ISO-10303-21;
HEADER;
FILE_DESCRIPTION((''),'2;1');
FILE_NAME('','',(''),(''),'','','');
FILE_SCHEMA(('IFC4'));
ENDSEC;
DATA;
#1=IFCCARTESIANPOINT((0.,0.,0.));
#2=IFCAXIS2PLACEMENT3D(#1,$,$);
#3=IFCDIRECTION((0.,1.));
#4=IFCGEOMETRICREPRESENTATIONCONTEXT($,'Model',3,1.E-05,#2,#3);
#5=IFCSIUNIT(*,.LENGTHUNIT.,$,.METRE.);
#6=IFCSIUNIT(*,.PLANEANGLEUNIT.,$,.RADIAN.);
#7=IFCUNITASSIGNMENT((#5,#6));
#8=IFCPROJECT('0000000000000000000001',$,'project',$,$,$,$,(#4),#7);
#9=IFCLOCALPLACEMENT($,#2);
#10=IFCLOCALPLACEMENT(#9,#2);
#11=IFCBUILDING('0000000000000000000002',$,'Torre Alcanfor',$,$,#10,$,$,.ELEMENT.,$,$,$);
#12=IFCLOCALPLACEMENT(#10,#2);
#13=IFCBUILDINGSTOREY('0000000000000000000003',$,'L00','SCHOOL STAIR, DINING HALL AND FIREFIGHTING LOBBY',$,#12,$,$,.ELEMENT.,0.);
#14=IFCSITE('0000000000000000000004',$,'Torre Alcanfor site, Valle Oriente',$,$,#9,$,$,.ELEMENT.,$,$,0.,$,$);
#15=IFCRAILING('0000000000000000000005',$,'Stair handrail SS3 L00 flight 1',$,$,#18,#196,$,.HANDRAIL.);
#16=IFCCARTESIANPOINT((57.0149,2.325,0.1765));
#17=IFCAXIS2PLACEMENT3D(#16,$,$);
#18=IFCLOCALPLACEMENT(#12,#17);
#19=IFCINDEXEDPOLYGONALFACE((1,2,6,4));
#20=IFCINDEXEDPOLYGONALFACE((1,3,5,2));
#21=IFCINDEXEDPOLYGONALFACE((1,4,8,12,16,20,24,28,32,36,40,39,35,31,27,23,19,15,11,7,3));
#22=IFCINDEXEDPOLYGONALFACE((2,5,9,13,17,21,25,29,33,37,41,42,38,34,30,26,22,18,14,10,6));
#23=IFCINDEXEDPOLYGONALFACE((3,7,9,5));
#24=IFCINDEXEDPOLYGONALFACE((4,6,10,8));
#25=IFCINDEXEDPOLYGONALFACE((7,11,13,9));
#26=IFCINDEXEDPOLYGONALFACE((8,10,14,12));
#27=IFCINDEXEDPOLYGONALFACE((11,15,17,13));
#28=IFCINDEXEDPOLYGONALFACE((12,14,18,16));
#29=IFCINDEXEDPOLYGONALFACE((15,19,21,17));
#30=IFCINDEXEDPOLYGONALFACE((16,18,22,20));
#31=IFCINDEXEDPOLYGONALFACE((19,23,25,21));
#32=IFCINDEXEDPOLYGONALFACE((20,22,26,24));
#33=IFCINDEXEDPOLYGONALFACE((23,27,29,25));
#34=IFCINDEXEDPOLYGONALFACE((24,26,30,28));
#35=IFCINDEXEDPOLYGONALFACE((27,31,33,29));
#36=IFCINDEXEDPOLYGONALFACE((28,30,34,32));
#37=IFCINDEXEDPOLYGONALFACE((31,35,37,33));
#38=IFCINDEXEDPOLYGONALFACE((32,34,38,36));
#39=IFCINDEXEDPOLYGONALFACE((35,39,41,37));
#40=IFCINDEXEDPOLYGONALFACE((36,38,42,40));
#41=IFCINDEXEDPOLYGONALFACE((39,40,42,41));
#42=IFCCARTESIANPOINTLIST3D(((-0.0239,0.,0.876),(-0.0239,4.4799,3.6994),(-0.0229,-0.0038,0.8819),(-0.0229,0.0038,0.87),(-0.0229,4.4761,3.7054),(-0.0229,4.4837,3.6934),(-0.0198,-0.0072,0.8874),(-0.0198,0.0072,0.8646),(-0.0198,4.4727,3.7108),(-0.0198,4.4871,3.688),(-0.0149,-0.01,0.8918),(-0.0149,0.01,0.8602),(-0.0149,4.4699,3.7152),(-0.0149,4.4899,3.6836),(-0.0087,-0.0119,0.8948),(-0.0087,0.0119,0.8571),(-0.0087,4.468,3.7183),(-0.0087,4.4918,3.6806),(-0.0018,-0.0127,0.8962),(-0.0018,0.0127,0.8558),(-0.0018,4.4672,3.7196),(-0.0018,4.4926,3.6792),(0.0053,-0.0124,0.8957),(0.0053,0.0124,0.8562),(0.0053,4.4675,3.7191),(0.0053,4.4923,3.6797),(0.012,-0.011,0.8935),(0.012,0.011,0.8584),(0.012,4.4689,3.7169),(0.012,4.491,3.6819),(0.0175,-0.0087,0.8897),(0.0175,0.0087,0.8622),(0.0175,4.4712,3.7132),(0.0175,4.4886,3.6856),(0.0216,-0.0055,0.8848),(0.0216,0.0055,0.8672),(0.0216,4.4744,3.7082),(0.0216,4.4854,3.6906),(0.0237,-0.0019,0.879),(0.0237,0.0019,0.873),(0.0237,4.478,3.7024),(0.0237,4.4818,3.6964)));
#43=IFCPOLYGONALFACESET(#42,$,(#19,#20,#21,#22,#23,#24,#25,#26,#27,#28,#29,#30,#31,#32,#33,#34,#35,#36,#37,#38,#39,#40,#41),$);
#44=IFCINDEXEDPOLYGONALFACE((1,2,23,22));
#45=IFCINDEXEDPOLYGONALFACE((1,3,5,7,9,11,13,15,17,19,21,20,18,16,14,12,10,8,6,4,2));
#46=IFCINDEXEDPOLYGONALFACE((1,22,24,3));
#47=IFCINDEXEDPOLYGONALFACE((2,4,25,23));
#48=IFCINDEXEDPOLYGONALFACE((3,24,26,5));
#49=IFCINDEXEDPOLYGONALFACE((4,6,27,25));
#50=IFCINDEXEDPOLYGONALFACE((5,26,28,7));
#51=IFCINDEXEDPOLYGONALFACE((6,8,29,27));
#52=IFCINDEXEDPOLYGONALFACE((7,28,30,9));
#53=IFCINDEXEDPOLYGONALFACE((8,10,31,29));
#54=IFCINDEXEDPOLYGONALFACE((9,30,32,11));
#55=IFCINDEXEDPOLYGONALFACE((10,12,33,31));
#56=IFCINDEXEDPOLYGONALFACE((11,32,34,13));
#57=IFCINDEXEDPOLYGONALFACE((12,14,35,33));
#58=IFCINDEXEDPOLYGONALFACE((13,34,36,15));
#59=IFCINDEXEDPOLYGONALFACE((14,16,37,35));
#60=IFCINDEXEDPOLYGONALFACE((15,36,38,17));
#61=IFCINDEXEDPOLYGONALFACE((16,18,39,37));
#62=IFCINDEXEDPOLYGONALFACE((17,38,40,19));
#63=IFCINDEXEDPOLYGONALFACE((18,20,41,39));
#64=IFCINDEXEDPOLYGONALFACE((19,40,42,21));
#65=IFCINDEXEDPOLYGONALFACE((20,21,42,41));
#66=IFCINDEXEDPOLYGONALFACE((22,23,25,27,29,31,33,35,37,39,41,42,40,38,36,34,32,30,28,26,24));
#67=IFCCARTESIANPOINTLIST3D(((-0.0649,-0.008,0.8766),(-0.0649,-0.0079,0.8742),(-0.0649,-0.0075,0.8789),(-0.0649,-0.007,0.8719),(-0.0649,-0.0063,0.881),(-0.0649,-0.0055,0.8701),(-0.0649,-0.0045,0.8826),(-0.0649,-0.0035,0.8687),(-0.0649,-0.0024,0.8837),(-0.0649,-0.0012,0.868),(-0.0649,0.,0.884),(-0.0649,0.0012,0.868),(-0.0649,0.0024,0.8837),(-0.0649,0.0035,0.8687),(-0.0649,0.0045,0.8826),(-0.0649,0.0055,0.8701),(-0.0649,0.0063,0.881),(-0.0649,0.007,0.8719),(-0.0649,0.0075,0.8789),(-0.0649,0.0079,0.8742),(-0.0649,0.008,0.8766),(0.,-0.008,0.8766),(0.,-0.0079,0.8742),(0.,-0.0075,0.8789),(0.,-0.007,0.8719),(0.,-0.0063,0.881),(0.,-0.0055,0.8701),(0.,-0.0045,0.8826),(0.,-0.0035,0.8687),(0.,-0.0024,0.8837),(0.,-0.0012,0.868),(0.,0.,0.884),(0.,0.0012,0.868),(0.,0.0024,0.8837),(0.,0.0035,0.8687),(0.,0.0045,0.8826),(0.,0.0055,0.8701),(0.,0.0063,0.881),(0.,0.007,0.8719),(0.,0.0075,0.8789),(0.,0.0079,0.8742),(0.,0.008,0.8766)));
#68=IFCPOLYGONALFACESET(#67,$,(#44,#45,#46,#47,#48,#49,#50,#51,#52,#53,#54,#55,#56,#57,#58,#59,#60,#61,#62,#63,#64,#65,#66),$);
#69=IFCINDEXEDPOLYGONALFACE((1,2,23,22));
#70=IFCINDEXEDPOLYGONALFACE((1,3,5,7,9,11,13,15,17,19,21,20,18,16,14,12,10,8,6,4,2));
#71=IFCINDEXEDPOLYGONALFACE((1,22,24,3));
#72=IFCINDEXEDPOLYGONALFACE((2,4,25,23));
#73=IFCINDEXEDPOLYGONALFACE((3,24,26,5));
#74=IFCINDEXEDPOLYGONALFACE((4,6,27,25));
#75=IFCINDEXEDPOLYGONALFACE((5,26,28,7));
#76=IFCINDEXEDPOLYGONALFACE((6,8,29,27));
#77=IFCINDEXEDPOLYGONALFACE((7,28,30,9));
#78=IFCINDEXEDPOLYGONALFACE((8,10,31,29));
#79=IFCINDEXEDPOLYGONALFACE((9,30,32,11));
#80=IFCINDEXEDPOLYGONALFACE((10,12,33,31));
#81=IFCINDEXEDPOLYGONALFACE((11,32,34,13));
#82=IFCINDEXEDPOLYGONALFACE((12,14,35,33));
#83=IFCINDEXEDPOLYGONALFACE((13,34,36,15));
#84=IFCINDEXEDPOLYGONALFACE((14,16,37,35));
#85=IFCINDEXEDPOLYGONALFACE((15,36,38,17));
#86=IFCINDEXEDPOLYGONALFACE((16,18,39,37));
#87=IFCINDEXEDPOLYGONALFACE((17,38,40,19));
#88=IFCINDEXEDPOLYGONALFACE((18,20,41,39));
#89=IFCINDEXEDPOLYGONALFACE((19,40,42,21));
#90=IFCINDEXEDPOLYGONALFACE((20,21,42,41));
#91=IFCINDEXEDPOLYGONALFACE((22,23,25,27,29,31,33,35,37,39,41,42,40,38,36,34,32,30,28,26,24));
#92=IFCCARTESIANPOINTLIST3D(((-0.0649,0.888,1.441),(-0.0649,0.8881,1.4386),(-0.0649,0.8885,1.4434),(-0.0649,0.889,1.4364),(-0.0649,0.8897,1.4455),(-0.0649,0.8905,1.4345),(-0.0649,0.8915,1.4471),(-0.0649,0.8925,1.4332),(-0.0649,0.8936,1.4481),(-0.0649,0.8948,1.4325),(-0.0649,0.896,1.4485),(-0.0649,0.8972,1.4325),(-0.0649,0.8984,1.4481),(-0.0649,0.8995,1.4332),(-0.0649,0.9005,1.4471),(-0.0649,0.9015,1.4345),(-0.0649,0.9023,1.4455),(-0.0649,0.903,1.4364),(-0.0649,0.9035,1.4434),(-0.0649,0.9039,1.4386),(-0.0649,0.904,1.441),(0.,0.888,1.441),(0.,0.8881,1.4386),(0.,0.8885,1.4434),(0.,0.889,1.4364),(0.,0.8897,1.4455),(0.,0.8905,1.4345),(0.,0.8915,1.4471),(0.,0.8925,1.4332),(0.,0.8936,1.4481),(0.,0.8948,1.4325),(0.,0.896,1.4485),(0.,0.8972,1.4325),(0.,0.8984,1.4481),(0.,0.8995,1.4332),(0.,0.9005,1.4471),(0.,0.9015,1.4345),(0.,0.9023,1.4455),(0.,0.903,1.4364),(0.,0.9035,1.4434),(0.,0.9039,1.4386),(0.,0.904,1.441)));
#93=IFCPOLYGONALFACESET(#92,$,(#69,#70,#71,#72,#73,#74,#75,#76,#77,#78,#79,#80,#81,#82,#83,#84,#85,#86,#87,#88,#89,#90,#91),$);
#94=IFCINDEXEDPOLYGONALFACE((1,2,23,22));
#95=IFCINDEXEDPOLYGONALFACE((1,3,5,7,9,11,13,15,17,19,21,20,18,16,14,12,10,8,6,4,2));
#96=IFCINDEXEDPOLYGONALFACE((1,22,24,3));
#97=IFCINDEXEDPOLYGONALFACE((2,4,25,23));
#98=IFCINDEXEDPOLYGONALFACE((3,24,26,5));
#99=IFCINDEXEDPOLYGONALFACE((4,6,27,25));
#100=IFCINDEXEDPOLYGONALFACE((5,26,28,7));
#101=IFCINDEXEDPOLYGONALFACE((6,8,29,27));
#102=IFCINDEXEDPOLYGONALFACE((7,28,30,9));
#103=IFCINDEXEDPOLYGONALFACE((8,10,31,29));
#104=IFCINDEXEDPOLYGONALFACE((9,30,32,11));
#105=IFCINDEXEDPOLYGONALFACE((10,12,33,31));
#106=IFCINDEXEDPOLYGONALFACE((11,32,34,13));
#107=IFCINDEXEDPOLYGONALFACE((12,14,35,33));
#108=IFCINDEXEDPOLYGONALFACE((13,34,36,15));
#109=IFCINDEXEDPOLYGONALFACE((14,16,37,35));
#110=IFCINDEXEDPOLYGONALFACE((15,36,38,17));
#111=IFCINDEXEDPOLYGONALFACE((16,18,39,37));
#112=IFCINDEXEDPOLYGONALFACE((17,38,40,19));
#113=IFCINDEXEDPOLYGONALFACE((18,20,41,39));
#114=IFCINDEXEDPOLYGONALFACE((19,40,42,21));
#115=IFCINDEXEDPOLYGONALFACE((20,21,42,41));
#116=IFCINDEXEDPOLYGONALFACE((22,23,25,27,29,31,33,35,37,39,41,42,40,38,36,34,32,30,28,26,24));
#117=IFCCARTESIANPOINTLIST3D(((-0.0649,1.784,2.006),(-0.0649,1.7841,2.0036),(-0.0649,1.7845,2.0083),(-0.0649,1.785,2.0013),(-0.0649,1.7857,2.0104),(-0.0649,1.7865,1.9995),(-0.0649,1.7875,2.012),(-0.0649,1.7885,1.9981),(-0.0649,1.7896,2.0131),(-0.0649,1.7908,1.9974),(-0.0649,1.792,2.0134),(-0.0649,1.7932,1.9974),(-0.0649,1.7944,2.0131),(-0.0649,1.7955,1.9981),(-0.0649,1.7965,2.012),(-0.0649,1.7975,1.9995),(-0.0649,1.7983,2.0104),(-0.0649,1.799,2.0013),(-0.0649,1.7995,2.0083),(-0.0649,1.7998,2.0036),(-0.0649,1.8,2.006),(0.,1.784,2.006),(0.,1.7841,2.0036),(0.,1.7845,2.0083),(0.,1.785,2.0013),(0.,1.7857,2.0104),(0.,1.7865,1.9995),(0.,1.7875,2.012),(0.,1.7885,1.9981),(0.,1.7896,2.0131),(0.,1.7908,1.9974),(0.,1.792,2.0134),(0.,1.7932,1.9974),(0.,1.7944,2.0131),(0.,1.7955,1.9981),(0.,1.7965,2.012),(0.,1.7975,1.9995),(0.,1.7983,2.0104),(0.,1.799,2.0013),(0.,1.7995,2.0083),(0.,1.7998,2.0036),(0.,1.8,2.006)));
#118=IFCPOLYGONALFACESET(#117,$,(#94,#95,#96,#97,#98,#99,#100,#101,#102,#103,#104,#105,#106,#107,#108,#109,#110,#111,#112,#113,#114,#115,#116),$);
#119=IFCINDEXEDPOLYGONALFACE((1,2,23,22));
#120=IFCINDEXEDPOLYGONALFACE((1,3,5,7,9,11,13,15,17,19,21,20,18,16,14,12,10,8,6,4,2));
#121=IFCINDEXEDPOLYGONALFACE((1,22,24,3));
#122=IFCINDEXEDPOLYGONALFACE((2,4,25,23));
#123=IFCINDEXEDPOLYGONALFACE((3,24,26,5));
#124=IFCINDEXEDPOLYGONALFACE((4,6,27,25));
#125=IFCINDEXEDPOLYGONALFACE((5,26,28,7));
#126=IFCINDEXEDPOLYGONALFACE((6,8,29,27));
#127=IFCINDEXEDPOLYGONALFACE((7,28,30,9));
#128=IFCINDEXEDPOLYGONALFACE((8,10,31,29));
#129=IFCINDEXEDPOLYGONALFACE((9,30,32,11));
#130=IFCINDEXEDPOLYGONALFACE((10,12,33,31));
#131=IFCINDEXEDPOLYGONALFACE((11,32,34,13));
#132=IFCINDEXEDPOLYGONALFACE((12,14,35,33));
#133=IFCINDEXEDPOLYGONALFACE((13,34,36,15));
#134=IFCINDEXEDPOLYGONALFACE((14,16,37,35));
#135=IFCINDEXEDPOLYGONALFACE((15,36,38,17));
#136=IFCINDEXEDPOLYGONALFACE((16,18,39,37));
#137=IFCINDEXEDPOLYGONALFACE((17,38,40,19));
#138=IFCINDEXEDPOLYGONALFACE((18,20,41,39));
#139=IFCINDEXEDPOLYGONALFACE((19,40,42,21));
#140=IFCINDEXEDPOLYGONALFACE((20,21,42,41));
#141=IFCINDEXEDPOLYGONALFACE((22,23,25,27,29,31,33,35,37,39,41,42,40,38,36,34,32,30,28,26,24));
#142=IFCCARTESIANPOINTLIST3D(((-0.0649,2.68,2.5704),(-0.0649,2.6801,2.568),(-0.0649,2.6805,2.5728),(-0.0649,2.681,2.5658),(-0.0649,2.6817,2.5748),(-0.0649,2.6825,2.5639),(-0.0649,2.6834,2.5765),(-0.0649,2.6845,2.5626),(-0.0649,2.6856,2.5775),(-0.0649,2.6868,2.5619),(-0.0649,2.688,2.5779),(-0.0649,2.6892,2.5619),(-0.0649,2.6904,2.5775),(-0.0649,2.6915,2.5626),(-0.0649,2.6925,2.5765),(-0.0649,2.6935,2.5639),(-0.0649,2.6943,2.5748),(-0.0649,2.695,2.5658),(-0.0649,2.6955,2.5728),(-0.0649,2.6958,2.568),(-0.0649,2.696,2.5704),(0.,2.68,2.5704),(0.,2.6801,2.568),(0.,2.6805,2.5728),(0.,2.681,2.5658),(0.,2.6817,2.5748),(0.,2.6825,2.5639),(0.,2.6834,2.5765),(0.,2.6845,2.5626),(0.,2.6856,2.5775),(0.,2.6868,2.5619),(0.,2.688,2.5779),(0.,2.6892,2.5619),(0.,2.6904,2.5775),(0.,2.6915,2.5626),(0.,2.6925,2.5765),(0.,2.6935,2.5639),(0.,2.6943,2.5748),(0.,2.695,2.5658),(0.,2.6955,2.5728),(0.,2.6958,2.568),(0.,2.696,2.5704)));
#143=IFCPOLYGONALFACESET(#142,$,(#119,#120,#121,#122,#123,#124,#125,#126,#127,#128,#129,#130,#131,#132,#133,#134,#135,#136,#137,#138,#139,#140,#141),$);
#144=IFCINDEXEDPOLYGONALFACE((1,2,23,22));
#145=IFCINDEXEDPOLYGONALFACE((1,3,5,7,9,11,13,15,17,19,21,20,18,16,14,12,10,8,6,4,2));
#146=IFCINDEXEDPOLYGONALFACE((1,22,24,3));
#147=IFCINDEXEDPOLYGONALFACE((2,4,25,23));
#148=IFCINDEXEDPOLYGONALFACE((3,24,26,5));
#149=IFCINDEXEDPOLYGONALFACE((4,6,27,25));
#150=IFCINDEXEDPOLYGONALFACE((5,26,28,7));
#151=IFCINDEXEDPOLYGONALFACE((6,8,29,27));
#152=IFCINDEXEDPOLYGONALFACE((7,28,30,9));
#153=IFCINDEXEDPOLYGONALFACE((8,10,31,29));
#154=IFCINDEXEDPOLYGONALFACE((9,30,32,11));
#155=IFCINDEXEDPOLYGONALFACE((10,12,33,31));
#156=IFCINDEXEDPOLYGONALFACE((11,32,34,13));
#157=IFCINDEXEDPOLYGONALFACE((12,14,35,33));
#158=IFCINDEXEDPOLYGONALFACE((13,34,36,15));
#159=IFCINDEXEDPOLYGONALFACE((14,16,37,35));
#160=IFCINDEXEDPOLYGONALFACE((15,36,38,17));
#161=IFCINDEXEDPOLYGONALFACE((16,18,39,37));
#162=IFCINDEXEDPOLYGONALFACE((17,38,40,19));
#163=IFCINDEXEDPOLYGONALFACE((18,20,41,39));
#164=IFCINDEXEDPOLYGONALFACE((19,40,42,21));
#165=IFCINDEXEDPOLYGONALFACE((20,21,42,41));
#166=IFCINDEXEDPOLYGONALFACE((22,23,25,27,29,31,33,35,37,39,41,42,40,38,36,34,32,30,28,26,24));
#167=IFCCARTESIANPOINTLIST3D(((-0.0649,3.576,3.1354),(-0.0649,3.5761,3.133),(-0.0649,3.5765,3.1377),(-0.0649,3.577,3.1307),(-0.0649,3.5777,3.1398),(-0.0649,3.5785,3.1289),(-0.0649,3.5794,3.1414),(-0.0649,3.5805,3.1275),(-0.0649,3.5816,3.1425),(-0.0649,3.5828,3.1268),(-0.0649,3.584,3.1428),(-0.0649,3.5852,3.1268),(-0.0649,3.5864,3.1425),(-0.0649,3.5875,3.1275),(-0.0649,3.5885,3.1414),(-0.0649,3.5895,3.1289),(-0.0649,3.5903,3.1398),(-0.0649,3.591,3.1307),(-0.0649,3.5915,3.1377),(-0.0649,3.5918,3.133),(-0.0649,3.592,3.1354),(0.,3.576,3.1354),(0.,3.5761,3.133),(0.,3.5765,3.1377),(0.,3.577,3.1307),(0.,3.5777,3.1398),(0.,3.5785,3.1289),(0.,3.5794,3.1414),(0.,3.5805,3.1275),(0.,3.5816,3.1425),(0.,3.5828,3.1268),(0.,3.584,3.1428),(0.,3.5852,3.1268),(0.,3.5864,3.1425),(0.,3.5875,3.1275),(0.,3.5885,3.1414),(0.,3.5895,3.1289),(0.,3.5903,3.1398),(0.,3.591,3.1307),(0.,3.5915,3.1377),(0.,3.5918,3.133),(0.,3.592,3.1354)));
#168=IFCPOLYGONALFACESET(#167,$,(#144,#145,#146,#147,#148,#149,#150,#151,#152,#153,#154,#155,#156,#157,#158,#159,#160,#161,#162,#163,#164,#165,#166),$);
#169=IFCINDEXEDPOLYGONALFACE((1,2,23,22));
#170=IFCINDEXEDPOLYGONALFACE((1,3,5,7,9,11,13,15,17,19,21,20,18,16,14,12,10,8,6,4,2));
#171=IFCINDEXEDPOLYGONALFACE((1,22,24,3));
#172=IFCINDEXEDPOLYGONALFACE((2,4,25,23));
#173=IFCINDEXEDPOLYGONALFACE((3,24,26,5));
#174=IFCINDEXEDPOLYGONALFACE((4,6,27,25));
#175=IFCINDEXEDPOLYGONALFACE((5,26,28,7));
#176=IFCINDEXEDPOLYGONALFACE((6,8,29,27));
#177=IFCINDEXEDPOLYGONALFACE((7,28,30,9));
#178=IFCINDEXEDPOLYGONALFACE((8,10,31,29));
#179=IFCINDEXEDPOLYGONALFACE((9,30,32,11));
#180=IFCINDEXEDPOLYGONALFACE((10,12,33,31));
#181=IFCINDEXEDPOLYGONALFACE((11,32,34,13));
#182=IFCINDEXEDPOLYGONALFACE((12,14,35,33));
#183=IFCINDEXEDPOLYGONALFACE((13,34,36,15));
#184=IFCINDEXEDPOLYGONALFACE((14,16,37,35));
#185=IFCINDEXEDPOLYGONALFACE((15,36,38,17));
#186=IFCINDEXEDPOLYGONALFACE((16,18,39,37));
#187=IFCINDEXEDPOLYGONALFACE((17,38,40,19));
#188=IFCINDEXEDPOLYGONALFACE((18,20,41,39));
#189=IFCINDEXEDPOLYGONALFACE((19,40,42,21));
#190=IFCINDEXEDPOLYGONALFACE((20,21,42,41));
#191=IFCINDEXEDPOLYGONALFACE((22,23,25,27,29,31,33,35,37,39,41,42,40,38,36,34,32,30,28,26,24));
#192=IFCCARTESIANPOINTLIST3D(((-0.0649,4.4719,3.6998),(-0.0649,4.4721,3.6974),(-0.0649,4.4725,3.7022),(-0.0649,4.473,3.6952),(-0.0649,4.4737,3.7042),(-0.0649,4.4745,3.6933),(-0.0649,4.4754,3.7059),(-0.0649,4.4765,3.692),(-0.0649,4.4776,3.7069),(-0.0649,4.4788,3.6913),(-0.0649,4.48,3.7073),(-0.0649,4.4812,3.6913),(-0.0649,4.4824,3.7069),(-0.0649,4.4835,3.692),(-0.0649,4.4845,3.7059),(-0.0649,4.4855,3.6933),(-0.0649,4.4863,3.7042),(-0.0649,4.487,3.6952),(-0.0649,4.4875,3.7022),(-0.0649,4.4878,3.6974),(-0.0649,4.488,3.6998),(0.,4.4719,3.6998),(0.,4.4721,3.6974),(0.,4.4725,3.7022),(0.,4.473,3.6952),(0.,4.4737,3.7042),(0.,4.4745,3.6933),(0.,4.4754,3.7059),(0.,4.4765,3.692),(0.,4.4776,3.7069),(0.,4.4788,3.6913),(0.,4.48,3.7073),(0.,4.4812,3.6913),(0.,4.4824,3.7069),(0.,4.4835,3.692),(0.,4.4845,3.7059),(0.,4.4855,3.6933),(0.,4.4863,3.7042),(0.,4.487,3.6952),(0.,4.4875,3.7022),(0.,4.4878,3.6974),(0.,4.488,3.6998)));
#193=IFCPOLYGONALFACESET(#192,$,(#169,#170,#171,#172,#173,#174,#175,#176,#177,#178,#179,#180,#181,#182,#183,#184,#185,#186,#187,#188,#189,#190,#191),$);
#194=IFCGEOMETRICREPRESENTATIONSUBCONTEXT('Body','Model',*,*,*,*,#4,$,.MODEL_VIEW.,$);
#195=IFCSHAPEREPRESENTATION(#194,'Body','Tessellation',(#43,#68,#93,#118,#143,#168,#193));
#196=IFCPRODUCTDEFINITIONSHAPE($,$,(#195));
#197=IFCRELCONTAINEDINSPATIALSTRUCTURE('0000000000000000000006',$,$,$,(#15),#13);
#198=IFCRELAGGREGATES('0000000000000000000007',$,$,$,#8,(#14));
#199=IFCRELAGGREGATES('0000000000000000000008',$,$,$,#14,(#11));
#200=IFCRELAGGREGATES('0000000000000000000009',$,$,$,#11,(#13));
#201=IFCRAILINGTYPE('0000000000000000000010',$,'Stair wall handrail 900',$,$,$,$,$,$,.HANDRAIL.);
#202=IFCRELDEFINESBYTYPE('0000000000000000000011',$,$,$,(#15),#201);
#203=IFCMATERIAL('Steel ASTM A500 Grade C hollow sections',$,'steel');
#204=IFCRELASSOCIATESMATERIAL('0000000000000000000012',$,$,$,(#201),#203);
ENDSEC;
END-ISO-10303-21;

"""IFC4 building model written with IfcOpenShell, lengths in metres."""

from ifc_helpers import new_model, si_unit, direction, frame, origin, origin_2d, place, context, subcontext, project, spatial, circle, extrude, material, type_object, element, save


model = new_model("IFC4")

# Units and contexts
model_context = context("Model", 3, precision=1e-05, world=origin(), true_north=direction((0.0, 1.0)))
body_context = subcontext(model_context, "Body", "Model", "MODEL_VIEW")
ifc_project = project(units=[si_unit("LENGTHUNIT", "METRE"), si_unit("PLANEANGLEUNIT", "RADIAN")], contexts=[model_context])

# Site, building, storey
site_placement = place(None, origin())
site = spatial("IfcSite", under=ifc_project, at=site_placement, Name="Torre Alcanfor site, Valle Oriente", CompositionType="ELEMENT", RefElevation=0.0)
building_placement = place(site_placement, origin())
building = spatial("IfcBuilding", under=site, at=building_placement, Name="Torre Alcanfor", CompositionType="ELEMENT")
storey_placement = place(building_placement, origin())
storey = spatial("IfcBuildingStorey", under=building, at=storey_placement, Name="L00", Description="SCHOOL STAIR, DINING HALL AND FIREFIGHTING LOBBY", CompositionType="ELEMENT", Elevation=0.0)

# Railing
ifc_material_1 = material(Name="Steel ASTM A500 Grade C hollow sections", Category="steel")
railing_type_1 = type_object("IfcRailingType", Name="Stair wall handrail 900", PredefinedType="HANDRAIL", material=ifc_material_1)
railing_1_placement = place(storey_placement, frame((57.0149, 2.325, 0.1765)))
element("IfcRailing", 1, at=railing_1_placement, inside=storey, type_object=railing_type_1, Name="Stair handrail SS3 L00 flight 1", PredefinedType="HANDRAIL", context=body_context, shape_type="SweptSolid", body=[
    extrude(circle(Radius=0.0239, at=origin_2d()), frame((0.0, 0.0, 0.876), z_axis=(0.0, 0.845998, 0.533186), x_axis=(-1.0, 0.0, 0.0)), (0.0, 0.0, 1.0), 5.2954),
    extrude(circle(Radius=0.0081, at=origin_2d()), frame((0.0, 0.0, 0.876), z_axis=(-1.0, 0.0, 0.0), x_axis=(0.0, 0.0, 1.0)), (0.0, 0.0, 1.0), 0.0649),
    extrude(circle(Radius=0.0081, at=origin_2d()), frame((0.0, 0.896, 1.4404), z_axis=(-1.0, 0.0, 0.0), x_axis=(0.0, 0.0, 1.0)), (0.0, 0.0, 1.0), 0.0649),
    extrude(circle(Radius=0.0081, at=origin_2d()), frame((0.0, 1.792, 2.0054), z_axis=(-1.0, 0.0, 0.0), x_axis=(0.0, 0.0, 1.0)), (0.0, 0.0, 1.0), 0.0649),
    extrude(circle(Radius=0.0081, at=origin_2d()), frame((0.0, 2.688, 2.5698), z_axis=(-1.0, 0.0, 0.0), x_axis=(0.0, 0.0, 1.0)), (0.0, 0.0, 1.0), 0.0649),
    extrude(circle(Radius=0.0081, at=origin_2d()), frame((0.0, 3.584, 3.1348), z_axis=(-1.0, 0.0, 0.0), x_axis=(0.0, 0.0, 1.0)), (0.0, 0.0, 1.0), 0.0649),
    extrude(circle(Radius=0.0081, at=origin_2d()), frame((0.0, 4.48, 3.6992), z_axis=(-1.0, 0.0, 0.0), x_axis=(0.0, 0.0, 1.0)), (0.0, 0.0, 1.0), 0.0649),
])

save(model, "model.ifc")
